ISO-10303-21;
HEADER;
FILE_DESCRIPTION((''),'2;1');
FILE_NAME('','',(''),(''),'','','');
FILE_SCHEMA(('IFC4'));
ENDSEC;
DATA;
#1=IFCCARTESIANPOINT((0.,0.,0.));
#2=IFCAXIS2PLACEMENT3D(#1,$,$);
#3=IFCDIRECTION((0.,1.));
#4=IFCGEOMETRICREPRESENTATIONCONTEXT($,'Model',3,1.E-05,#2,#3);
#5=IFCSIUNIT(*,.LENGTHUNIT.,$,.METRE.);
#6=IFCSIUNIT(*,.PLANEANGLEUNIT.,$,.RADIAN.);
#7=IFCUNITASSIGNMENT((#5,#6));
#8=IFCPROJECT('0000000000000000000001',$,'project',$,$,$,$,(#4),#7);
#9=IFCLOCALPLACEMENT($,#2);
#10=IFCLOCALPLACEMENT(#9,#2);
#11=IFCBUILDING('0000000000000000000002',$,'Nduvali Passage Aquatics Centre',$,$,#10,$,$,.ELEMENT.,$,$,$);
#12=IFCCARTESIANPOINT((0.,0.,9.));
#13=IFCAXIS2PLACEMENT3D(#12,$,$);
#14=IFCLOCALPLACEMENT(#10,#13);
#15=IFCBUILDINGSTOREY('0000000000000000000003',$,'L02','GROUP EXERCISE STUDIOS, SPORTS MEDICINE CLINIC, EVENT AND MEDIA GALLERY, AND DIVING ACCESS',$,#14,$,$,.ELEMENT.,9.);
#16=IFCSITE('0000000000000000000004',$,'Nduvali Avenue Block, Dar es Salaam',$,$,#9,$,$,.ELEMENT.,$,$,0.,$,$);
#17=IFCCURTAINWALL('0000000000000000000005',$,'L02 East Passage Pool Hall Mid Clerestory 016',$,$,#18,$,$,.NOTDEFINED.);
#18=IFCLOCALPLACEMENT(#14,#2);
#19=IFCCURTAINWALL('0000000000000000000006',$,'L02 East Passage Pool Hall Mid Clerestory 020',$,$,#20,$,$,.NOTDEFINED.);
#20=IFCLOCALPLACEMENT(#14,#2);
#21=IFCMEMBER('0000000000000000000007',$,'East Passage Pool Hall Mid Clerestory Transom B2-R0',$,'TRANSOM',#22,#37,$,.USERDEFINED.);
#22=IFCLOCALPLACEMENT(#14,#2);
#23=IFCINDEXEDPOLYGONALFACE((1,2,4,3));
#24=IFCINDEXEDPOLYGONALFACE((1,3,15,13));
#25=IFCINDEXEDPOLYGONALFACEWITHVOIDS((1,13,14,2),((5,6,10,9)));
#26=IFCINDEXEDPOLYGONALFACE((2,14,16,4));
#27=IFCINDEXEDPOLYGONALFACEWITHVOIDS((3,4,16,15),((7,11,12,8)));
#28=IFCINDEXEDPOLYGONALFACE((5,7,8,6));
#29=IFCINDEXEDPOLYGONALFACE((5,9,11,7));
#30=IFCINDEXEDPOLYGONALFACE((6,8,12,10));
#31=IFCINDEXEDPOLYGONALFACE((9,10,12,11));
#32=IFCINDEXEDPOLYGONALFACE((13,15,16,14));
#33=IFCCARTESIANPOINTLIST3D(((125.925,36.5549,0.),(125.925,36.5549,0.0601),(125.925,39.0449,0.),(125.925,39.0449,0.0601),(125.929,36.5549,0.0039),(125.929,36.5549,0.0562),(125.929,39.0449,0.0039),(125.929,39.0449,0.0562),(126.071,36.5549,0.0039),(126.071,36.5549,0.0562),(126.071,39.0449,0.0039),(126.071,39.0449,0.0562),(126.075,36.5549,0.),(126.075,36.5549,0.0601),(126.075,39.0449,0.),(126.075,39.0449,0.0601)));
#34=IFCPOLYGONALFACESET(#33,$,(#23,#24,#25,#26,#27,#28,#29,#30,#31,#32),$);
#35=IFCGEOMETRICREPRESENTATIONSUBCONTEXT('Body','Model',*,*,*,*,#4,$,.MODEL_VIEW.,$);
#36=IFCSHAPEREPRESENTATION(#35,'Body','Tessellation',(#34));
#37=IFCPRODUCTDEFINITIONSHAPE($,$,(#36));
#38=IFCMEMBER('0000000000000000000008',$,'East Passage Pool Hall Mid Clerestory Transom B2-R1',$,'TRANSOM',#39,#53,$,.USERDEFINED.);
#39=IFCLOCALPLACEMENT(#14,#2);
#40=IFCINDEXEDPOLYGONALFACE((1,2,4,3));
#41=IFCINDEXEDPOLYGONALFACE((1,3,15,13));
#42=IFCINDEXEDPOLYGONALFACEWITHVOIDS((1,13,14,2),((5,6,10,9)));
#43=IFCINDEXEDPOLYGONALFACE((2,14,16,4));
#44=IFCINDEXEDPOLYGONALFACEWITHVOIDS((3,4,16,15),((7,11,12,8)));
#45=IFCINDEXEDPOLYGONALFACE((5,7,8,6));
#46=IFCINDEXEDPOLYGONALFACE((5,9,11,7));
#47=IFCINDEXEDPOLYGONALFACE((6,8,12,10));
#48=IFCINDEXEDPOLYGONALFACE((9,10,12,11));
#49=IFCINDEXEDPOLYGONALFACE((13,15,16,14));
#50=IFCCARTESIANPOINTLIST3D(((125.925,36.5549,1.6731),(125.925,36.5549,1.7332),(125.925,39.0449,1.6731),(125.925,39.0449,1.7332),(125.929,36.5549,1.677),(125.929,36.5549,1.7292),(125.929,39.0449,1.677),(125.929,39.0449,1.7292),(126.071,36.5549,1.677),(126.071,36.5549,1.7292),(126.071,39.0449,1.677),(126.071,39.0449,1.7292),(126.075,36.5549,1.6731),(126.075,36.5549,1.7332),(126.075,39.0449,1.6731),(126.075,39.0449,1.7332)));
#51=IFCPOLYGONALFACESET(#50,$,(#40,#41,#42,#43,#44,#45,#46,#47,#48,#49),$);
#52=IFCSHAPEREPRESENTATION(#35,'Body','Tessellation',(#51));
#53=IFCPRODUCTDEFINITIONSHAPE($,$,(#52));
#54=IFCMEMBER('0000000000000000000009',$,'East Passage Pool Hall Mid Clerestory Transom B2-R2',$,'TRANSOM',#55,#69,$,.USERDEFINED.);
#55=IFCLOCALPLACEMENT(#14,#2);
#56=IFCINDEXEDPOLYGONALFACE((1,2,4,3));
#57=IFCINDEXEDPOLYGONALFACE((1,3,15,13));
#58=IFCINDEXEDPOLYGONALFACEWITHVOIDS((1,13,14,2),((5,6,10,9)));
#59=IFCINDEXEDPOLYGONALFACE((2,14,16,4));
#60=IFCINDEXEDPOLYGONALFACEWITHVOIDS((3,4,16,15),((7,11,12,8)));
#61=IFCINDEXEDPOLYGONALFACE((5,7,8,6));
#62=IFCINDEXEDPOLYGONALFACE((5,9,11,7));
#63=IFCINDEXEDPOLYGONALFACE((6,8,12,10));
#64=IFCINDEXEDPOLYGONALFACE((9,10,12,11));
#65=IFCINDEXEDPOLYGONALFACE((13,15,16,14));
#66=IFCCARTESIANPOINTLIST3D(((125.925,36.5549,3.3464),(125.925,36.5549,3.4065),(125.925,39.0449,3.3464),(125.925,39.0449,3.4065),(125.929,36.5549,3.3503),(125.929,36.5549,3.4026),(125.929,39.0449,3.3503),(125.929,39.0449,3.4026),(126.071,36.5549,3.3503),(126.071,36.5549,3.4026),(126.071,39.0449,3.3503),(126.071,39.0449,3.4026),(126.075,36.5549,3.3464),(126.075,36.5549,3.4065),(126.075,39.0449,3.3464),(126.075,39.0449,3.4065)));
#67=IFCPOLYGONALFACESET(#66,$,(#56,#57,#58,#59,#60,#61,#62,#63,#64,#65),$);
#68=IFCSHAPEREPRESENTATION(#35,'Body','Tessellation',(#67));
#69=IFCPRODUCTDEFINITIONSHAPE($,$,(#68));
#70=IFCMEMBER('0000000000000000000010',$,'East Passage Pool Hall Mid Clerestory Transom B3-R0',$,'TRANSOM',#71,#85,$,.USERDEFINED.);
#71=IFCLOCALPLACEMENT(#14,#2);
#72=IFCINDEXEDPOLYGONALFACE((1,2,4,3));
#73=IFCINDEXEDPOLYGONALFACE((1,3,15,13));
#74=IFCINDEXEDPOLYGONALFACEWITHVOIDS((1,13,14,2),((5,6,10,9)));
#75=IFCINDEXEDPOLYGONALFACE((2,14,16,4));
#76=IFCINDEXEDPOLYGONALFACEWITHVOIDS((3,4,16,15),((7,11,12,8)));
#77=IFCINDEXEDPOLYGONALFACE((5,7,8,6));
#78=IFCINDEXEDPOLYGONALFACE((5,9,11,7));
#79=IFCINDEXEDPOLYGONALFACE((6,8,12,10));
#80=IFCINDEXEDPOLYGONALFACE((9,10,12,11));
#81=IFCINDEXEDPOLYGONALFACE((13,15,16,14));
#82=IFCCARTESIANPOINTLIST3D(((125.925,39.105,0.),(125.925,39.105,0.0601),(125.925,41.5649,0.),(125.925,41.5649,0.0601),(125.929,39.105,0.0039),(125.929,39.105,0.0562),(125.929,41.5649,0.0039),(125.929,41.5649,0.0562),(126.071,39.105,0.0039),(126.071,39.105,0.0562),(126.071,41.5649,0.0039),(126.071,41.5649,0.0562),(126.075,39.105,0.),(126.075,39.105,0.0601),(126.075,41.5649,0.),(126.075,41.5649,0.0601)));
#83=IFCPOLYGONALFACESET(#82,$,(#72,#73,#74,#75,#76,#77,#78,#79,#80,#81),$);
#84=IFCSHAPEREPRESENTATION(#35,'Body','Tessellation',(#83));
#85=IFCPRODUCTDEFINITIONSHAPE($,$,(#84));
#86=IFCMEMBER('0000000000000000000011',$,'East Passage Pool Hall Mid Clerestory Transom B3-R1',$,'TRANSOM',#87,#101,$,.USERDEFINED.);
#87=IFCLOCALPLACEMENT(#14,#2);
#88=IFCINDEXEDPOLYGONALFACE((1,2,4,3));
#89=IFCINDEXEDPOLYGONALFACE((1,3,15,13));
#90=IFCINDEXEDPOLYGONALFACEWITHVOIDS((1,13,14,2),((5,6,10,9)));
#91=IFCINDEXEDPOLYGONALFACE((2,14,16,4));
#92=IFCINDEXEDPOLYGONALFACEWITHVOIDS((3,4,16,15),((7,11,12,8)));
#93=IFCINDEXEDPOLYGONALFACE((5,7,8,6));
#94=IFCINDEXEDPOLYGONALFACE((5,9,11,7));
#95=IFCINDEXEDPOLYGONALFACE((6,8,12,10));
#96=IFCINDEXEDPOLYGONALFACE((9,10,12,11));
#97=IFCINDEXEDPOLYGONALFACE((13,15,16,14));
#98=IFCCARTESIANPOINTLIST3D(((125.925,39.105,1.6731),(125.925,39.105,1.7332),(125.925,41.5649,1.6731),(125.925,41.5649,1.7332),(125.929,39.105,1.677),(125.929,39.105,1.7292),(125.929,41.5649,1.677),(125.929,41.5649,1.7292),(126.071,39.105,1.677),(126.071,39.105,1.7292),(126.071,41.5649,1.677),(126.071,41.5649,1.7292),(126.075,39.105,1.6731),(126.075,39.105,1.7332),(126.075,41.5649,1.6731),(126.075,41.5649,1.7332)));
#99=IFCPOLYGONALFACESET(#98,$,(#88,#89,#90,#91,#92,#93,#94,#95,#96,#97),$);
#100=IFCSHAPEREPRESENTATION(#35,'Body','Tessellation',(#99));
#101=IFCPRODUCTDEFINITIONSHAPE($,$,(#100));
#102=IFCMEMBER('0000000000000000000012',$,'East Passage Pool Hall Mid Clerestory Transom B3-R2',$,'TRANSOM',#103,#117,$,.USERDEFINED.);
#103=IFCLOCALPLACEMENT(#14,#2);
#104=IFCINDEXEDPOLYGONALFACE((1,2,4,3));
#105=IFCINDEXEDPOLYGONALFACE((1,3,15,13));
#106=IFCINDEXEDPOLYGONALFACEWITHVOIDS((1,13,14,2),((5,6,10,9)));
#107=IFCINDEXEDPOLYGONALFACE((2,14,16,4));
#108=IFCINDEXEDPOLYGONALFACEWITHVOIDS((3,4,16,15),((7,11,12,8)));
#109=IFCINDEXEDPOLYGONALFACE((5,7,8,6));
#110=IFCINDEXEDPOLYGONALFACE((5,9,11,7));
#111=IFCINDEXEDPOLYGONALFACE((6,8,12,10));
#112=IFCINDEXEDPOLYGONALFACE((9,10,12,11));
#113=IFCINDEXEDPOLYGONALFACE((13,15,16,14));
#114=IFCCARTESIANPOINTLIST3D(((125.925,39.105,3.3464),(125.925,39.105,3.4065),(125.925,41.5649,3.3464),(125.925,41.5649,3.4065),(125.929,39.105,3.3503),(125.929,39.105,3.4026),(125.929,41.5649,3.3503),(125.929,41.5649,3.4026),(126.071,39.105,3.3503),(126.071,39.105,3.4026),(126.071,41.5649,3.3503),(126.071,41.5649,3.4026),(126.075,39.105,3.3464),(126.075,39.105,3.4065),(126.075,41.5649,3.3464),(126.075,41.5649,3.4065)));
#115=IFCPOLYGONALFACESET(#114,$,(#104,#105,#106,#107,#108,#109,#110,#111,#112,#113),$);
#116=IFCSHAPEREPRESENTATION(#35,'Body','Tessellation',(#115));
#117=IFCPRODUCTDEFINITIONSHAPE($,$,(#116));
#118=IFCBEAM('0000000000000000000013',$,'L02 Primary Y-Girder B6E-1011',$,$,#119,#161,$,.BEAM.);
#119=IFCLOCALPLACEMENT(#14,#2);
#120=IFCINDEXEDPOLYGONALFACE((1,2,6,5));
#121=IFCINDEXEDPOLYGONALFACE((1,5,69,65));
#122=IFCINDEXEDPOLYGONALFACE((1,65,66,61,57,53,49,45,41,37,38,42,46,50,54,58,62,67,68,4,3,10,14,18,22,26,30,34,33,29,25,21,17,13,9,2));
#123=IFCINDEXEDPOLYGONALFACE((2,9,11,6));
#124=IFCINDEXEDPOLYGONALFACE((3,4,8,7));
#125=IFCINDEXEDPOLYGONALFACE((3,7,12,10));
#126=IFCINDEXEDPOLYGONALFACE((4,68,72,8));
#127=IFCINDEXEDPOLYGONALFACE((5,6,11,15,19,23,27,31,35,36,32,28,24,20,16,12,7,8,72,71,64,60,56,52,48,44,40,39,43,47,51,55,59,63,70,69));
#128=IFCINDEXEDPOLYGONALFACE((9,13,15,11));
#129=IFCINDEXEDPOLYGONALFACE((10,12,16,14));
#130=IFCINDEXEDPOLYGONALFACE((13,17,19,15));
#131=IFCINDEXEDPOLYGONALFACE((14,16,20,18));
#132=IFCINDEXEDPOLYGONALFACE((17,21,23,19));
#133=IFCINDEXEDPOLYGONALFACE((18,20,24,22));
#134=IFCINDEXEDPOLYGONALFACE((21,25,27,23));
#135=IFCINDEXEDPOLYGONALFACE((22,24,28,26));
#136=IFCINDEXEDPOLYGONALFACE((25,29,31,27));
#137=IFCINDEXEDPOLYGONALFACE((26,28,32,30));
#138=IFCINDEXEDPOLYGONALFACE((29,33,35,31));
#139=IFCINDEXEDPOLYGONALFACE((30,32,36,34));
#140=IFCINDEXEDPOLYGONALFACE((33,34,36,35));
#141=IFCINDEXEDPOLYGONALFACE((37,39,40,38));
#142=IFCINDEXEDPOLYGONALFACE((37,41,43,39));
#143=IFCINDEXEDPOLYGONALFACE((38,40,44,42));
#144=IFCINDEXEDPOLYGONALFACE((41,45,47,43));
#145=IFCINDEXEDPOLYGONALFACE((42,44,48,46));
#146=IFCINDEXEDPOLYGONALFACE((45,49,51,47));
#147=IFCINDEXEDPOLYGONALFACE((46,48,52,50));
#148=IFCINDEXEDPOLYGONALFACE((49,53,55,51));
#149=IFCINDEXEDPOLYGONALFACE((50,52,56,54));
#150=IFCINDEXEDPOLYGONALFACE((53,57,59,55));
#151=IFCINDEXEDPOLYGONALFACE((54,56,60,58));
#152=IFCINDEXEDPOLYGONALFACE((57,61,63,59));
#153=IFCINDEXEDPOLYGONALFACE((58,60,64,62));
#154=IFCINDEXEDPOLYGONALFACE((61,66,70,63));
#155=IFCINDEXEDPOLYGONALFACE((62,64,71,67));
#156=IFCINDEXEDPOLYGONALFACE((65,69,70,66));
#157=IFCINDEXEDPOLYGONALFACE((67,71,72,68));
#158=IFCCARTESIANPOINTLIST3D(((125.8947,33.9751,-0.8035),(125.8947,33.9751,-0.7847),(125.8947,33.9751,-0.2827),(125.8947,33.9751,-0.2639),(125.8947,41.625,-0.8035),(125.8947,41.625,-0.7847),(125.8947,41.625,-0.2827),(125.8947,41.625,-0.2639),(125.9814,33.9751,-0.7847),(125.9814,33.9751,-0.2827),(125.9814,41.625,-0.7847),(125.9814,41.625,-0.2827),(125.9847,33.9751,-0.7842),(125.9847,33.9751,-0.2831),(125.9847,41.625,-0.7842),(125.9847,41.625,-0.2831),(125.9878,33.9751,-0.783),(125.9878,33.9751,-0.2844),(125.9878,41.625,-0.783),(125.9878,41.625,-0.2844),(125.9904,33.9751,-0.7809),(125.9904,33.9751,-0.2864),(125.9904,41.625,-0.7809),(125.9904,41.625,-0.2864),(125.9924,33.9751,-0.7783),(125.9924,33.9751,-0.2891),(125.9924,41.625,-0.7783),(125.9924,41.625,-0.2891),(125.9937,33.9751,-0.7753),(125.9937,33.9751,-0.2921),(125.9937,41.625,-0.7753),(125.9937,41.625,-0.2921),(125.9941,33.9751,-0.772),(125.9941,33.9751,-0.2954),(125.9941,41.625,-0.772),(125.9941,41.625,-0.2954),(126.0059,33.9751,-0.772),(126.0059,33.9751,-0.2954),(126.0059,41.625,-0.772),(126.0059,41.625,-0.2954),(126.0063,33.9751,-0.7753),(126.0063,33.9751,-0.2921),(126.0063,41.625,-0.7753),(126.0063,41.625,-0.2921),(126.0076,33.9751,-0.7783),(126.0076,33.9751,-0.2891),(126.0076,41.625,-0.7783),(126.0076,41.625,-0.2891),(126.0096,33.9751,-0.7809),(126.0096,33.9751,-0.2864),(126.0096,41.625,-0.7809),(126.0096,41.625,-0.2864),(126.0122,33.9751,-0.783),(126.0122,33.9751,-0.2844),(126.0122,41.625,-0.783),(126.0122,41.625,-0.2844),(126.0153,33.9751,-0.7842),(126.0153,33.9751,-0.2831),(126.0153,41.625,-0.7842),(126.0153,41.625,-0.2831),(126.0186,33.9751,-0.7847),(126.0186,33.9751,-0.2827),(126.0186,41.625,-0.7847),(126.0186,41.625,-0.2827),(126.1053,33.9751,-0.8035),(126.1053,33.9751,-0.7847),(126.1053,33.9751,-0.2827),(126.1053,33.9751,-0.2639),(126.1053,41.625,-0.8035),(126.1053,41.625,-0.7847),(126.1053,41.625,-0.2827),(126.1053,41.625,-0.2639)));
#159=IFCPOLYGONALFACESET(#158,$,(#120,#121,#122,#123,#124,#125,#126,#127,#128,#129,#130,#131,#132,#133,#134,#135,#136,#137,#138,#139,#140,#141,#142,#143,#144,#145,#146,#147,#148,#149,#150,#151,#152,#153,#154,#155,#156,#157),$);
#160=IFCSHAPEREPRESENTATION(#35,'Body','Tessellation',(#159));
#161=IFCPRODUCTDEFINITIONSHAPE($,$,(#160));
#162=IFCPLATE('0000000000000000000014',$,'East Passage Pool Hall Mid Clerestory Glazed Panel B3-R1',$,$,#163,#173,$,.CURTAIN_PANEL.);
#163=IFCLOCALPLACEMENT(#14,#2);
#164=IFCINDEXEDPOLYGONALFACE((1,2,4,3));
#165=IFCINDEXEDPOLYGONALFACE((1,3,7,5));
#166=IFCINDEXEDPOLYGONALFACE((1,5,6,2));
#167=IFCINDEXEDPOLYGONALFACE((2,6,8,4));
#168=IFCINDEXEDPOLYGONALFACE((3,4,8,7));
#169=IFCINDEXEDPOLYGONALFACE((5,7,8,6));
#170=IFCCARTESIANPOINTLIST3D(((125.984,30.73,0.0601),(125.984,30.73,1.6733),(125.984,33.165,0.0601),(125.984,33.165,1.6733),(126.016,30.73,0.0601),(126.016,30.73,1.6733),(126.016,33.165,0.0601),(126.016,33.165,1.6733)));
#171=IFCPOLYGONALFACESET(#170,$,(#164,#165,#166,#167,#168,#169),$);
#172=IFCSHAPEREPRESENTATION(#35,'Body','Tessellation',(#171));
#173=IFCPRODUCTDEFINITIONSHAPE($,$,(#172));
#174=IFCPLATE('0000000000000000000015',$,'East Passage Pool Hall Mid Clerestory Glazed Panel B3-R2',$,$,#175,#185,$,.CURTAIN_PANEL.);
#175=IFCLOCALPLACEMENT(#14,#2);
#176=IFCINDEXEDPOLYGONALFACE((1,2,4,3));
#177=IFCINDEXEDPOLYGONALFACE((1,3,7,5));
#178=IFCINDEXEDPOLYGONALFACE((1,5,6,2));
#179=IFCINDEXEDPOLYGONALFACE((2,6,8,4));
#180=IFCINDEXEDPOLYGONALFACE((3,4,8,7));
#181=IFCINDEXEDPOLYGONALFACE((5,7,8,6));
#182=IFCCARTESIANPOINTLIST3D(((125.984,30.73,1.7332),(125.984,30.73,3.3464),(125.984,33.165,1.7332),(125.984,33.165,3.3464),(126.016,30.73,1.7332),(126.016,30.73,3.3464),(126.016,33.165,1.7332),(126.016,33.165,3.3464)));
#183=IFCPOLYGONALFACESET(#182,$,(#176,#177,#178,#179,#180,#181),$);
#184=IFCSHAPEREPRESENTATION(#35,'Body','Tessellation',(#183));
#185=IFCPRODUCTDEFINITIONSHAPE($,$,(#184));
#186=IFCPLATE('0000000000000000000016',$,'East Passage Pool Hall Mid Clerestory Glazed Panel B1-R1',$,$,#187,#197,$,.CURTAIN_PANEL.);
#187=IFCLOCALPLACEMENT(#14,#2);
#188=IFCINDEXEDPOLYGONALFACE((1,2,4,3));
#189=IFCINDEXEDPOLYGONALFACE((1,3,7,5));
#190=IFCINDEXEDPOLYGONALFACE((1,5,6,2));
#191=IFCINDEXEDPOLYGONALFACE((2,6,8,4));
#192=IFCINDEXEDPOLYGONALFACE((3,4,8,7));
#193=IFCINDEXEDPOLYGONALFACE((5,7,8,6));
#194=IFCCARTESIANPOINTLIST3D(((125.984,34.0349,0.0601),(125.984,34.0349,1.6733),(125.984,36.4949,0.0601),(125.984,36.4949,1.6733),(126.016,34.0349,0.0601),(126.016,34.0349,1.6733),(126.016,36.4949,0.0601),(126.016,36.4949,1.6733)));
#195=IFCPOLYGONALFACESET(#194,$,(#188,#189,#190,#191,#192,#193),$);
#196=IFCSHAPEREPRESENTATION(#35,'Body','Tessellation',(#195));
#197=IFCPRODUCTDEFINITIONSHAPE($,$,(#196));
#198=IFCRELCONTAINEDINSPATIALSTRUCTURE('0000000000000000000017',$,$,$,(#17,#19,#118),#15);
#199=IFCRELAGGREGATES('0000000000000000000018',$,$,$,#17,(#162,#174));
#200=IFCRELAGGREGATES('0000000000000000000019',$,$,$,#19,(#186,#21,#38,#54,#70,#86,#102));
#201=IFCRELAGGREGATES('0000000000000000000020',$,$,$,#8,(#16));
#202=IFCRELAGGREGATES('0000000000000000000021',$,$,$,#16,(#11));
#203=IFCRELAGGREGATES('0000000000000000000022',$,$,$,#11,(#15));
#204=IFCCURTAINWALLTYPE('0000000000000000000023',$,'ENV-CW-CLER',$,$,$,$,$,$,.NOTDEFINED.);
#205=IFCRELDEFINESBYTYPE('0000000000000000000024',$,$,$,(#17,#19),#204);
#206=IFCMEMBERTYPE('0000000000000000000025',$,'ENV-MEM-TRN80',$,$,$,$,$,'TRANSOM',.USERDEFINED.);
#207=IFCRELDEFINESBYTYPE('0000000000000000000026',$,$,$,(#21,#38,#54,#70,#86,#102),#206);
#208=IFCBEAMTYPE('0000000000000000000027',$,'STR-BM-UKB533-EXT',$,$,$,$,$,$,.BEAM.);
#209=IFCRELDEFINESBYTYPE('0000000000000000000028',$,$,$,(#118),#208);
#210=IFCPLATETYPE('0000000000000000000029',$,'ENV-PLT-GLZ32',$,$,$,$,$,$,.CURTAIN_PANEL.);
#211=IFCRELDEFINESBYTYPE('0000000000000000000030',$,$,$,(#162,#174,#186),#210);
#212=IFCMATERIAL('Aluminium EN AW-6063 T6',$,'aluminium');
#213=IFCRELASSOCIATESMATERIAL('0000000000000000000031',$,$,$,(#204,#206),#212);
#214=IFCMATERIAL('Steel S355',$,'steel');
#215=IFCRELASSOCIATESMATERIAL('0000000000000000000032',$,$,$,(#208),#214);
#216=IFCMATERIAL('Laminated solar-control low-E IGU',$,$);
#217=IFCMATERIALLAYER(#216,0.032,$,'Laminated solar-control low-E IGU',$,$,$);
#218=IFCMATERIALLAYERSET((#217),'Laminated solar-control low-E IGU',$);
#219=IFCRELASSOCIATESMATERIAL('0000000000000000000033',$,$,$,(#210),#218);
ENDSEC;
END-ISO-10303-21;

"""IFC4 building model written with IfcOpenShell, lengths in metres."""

from ifc_helpers import new_model, si_unit, direction, frame, origin, origin_2d, place, context, subcontext, project, spatial, rectangle, hollow_rectangle, i_section, extrude, material, layer, layer_set, material_profile, profile_set, type_object, element, aggregate, save


model = new_model("IFC4")

# Units and contexts
model_context = context("Model", 3, precision=1e-05, world=origin(), true_north=direction((0.0, 1.0)))
body_context = subcontext(model_context, "Body", "Model", "MODEL_VIEW")
ifc_project = project(units=[si_unit("LENGTHUNIT", "METRE"), si_unit("PLANEANGLEUNIT", "RADIAN")], contexts=[model_context])

# Site, building, storey
site_placement = place(None, origin())
site = spatial("IfcSite", under=ifc_project, at=site_placement, Name="Nduvali Avenue Block, Dar es Salaam", CompositionType="ELEMENT", RefElevation=0.0)
building_placement = place(site_placement, origin())
building = spatial("IfcBuilding", under=site, at=building_placement, Name="Nduvali Passage Aquatics Centre", CompositionType="ELEMENT")
storey_placement = place(building_placement, frame((0.0, 0.0, 9.0)))
storey = spatial("IfcBuildingStorey", under=building, at=storey_placement, Name="L02", Description="GROUP EXERCISE STUDIOS, SPORTS MEDICINE CLINIC, EVENT AND MEDIA GALLERY, AND DIVING ACCESS", CompositionType="ELEMENT", Elevation=9.0)

# Curtain wall
ifc_material_1 = material(Name="Aluminium EN AW-6063 T6", Category="aluminium")
curtain_wall_type = type_object("IfcCurtainWallType", Name="ENV-CW-CLER", PredefinedType="NOTDEFINED", material=ifc_material_1)
curtain_wall_1_placement = place(storey_placement, origin())
curtain_wall_1 = element("IfcCurtainWall", 1, at=curtain_wall_1_placement, inside=storey, type_object=curtain_wall_type, Name="L02 East Passage Pool Hall Mid Clerestory 016", PredefinedType="NOTDEFINED")

# Curtain wall
curtain_wall_2_placement = place(storey_placement, origin())
curtain_wall_2 = element("IfcCurtainWall", 2, at=curtain_wall_2_placement, inside=storey, type_object=curtain_wall_type, Name="L02 East Passage Pool Hall Mid Clerestory 020", PredefinedType="NOTDEFINED")

# Members
ifc_material_profile_1 = material_profile(ifc_material_1, hollow_rectangle(XDim=0.1499, YDim=0.0601, WallThickness=0.0039, at=origin_2d()), Name="ALU TRANSOM 150x60x4")
ifc_profile_set_1 = profile_set([ifc_material_profile_1], Name="Aluminium EN AW-6063 T6")
member_type_1 = type_object("IfcMemberType", Name="ENV-MEM-TRN80", ElementType="TRANSOM", PredefinedType="USERDEFINED", material=ifc_profile_set_1)
member_1_placement = place(storey_placement, frame((126.0, 36.5549, 0.03), z_axis=(0.0, 1.0, 0.0), x_axis=(-1.0, 0.0, 0.0)))
member_1 = element("IfcMember", 3, at=member_1_placement, type_object=member_type_1, Name="East Passage Pool Hall Mid Clerestory Transom B2-R0", ObjectType="TRANSOM", PredefinedType="USERDEFINED", context=body_context, shape_type="SweptSolid", body=[
    extrude(hollow_rectangle(XDim=0.1499, YDim=0.0601, WallThickness=0.0039, at=origin_2d()), origin(), (0.0, 0.0, 1.0), 2.49),
])
member_2_placement = place(storey_placement, frame((126.0, 36.5549, 1.7031), z_axis=(0.0, 1.0, 0.0), x_axis=(-1.0, 0.0, 0.0)))
member_2 = element("IfcMember", 4, at=member_2_placement, type_object=member_type_1, Name="East Passage Pool Hall Mid Clerestory Transom B2-R1", ObjectType="TRANSOM", PredefinedType="USERDEFINED", context=body_context, shape_type="SweptSolid", body=[
    extrude(hollow_rectangle(XDim=0.1499, YDim=0.0601, WallThickness=0.0039, at=origin_2d()), origin(), (0.0, 0.0, 1.0), 2.49),
])
member_3_placement = place(storey_placement, frame((126.0, 36.5549, 3.3765), z_axis=(0.0, 1.0, 0.0), x_axis=(-1.0, 0.0, 0.0)))
member_3 = element("IfcMember", 5, at=member_3_placement, type_object=member_type_1, Name="East Passage Pool Hall Mid Clerestory Transom B2-R2", ObjectType="TRANSOM", PredefinedType="USERDEFINED", context=body_context, shape_type="SweptSolid", body=[
    extrude(hollow_rectangle(XDim=0.1499, YDim=0.0601, WallThickness=0.0039, at=origin_2d()), origin(), (0.0, 0.0, 1.0), 2.49),
])
member_4_placement = place(storey_placement, frame((126.0, 39.105, 0.03), z_axis=(0.0, 1.0, 0.0), x_axis=(-1.0, 0.0, 0.0)))
member_4 = element("IfcMember", 6, at=member_4_placement, type_object=member_type_1, Name="East Passage Pool Hall Mid Clerestory Transom B3-R0", ObjectType="TRANSOM", PredefinedType="USERDEFINED", context=body_context, shape_type="SweptSolid", body=[
    extrude(hollow_rectangle(XDim=0.1499, YDim=0.0601, WallThickness=0.0039, at=origin_2d()), origin(), (0.0, 0.0, 1.0), 2.46),
])
member_5_placement = place(storey_placement, frame((126.0, 39.105, 1.7031), z_axis=(0.0, 1.0, 0.0), x_axis=(-1.0, 0.0, 0.0)))
member_5 = element("IfcMember", 7, at=member_5_placement, type_object=member_type_1, Name="East Passage Pool Hall Mid Clerestory Transom B3-R1", ObjectType="TRANSOM", PredefinedType="USERDEFINED", context=body_context, shape_type="SweptSolid", body=[
    extrude(hollow_rectangle(XDim=0.1499, YDim=0.0601, WallThickness=0.0039, at=origin_2d()), origin(), (0.0, 0.0, 1.0), 2.46),
])
member_6_placement = place(storey_placement, frame((126.0, 39.105, 3.3765), z_axis=(0.0, 1.0, 0.0), x_axis=(-1.0, 0.0, 0.0)))
member_6 = element("IfcMember", 8, at=member_6_placement, type_object=member_type_1, Name="East Passage Pool Hall Mid Clerestory Transom B3-R2", ObjectType="TRANSOM", PredefinedType="USERDEFINED", context=body_context, shape_type="SweptSolid", body=[
    extrude(hollow_rectangle(XDim=0.1499, YDim=0.0601, WallThickness=0.0039, at=origin_2d()), origin(), (0.0, 0.0, 1.0), 2.46),
])

# Beam
ifc_material_2 = material(Name="Steel S355", Category="steel")
ifc_material_profile_2 = material_profile(ifc_material_2, i_section(OverallWidth=0.2107, OverallDepth=0.5396, WebThickness=0.0117, FlangeThickness=0.0188, FilletRadius=0.0127, at=origin_2d()), Name="UKB 533x210x109")
ifc_profile_set_2 = profile_set([ifc_material_profile_2], Name="Steel S355")
beam_type = type_object("IfcBeamType", Name="STR-BM-UKB533-EXT", PredefinedType="BEAM", material=ifc_profile_set_2)
beam_placement = place(storey_placement, frame((126.0, 33.9751, -0.5337), z_axis=(0.0, 1.0, 0.0), x_axis=(-1.0, 0.0, 0.0)))
element("IfcBeam", 9, at=beam_placement, inside=storey, type_object=beam_type, Name="L02 Primary Y-Girder B6E-1011", PredefinedType="BEAM", context=body_context, shape_type="SweptSolid", body=[
    extrude(i_section(OverallWidth=0.2107, OverallDepth=0.5396, WebThickness=0.0117, FlangeThickness=0.0188, FilletRadius=0.0127, at=origin_2d()), origin(), (0.0, 0.0, 1.0), 7.6499),
])

# Plates
ifc_material_3 = material(Name="Laminated solar-control low-E IGU")
ifc_layer = layer(ifc_material_3, 0.032, Name="Laminated solar-control low-E IGU")
ifc_layer_set = layer_set([ifc_layer], Name="Laminated solar-control low-E IGU")
plate_type = type_object("IfcPlateType", Name="ENV-PLT-GLZ32", PredefinedType="CURTAIN_PANEL", material=ifc_layer_set)
plate_1_placement = place(storey_placement, frame((126.0, 31.9475, 0.0601), z_axis=(0.0, 0.0, 1.0), x_axis=(0.0, 1.0, 0.0)))
plate_1 = element("IfcPlate", 10, at=plate_1_placement, type_object=plate_type, Name="East Passage Pool Hall Mid Clerestory Glazed Panel B3-R1", PredefinedType="CURTAIN_PANEL", context=body_context, shape_type="SweptSolid", body=[
    extrude(rectangle(XDim=2.4351, YDim=0.032, at=origin_2d()), origin(), (0.0, 0.0, 1.0), 1.6133),
])
plate_2_placement = place(storey_placement, frame((126.0, 31.9475, 1.7332), z_axis=(0.0, 0.0, 1.0), x_axis=(0.0, 1.0, 0.0)))
plate_2 = element("IfcPlate", 11, at=plate_2_placement, type_object=plate_type, Name="East Passage Pool Hall Mid Clerestory Glazed Panel B3-R2", PredefinedType="CURTAIN_PANEL", context=body_context, shape_type="SweptSolid", body=[
    extrude(rectangle(XDim=2.4351, YDim=0.032, at=origin_2d()), origin(), (0.0, 0.0, 1.0), 1.6133),
])
aggregate(curtain_wall_1, [plate_1, plate_2])
plate_3_placement = place(storey_placement, frame((126.0, 35.2649, 0.0601), z_axis=(0.0, 0.0, 1.0), x_axis=(0.0, 1.0, 0.0)))
plate_3 = element("IfcPlate", 12, at=plate_3_placement, type_object=plate_type, Name="East Passage Pool Hall Mid Clerestory Glazed Panel B1-R1", PredefinedType="CURTAIN_PANEL", context=body_context, shape_type="SweptSolid", body=[
    extrude(rectangle(XDim=2.46, YDim=0.032, at=origin_2d()), origin(), (0.0, 0.0, 1.0), 1.6133),
])
aggregate(curtain_wall_2, [plate_3, member_1, member_2, member_3, member_4, member_5, member_6])

save(model, "model.ifc")
